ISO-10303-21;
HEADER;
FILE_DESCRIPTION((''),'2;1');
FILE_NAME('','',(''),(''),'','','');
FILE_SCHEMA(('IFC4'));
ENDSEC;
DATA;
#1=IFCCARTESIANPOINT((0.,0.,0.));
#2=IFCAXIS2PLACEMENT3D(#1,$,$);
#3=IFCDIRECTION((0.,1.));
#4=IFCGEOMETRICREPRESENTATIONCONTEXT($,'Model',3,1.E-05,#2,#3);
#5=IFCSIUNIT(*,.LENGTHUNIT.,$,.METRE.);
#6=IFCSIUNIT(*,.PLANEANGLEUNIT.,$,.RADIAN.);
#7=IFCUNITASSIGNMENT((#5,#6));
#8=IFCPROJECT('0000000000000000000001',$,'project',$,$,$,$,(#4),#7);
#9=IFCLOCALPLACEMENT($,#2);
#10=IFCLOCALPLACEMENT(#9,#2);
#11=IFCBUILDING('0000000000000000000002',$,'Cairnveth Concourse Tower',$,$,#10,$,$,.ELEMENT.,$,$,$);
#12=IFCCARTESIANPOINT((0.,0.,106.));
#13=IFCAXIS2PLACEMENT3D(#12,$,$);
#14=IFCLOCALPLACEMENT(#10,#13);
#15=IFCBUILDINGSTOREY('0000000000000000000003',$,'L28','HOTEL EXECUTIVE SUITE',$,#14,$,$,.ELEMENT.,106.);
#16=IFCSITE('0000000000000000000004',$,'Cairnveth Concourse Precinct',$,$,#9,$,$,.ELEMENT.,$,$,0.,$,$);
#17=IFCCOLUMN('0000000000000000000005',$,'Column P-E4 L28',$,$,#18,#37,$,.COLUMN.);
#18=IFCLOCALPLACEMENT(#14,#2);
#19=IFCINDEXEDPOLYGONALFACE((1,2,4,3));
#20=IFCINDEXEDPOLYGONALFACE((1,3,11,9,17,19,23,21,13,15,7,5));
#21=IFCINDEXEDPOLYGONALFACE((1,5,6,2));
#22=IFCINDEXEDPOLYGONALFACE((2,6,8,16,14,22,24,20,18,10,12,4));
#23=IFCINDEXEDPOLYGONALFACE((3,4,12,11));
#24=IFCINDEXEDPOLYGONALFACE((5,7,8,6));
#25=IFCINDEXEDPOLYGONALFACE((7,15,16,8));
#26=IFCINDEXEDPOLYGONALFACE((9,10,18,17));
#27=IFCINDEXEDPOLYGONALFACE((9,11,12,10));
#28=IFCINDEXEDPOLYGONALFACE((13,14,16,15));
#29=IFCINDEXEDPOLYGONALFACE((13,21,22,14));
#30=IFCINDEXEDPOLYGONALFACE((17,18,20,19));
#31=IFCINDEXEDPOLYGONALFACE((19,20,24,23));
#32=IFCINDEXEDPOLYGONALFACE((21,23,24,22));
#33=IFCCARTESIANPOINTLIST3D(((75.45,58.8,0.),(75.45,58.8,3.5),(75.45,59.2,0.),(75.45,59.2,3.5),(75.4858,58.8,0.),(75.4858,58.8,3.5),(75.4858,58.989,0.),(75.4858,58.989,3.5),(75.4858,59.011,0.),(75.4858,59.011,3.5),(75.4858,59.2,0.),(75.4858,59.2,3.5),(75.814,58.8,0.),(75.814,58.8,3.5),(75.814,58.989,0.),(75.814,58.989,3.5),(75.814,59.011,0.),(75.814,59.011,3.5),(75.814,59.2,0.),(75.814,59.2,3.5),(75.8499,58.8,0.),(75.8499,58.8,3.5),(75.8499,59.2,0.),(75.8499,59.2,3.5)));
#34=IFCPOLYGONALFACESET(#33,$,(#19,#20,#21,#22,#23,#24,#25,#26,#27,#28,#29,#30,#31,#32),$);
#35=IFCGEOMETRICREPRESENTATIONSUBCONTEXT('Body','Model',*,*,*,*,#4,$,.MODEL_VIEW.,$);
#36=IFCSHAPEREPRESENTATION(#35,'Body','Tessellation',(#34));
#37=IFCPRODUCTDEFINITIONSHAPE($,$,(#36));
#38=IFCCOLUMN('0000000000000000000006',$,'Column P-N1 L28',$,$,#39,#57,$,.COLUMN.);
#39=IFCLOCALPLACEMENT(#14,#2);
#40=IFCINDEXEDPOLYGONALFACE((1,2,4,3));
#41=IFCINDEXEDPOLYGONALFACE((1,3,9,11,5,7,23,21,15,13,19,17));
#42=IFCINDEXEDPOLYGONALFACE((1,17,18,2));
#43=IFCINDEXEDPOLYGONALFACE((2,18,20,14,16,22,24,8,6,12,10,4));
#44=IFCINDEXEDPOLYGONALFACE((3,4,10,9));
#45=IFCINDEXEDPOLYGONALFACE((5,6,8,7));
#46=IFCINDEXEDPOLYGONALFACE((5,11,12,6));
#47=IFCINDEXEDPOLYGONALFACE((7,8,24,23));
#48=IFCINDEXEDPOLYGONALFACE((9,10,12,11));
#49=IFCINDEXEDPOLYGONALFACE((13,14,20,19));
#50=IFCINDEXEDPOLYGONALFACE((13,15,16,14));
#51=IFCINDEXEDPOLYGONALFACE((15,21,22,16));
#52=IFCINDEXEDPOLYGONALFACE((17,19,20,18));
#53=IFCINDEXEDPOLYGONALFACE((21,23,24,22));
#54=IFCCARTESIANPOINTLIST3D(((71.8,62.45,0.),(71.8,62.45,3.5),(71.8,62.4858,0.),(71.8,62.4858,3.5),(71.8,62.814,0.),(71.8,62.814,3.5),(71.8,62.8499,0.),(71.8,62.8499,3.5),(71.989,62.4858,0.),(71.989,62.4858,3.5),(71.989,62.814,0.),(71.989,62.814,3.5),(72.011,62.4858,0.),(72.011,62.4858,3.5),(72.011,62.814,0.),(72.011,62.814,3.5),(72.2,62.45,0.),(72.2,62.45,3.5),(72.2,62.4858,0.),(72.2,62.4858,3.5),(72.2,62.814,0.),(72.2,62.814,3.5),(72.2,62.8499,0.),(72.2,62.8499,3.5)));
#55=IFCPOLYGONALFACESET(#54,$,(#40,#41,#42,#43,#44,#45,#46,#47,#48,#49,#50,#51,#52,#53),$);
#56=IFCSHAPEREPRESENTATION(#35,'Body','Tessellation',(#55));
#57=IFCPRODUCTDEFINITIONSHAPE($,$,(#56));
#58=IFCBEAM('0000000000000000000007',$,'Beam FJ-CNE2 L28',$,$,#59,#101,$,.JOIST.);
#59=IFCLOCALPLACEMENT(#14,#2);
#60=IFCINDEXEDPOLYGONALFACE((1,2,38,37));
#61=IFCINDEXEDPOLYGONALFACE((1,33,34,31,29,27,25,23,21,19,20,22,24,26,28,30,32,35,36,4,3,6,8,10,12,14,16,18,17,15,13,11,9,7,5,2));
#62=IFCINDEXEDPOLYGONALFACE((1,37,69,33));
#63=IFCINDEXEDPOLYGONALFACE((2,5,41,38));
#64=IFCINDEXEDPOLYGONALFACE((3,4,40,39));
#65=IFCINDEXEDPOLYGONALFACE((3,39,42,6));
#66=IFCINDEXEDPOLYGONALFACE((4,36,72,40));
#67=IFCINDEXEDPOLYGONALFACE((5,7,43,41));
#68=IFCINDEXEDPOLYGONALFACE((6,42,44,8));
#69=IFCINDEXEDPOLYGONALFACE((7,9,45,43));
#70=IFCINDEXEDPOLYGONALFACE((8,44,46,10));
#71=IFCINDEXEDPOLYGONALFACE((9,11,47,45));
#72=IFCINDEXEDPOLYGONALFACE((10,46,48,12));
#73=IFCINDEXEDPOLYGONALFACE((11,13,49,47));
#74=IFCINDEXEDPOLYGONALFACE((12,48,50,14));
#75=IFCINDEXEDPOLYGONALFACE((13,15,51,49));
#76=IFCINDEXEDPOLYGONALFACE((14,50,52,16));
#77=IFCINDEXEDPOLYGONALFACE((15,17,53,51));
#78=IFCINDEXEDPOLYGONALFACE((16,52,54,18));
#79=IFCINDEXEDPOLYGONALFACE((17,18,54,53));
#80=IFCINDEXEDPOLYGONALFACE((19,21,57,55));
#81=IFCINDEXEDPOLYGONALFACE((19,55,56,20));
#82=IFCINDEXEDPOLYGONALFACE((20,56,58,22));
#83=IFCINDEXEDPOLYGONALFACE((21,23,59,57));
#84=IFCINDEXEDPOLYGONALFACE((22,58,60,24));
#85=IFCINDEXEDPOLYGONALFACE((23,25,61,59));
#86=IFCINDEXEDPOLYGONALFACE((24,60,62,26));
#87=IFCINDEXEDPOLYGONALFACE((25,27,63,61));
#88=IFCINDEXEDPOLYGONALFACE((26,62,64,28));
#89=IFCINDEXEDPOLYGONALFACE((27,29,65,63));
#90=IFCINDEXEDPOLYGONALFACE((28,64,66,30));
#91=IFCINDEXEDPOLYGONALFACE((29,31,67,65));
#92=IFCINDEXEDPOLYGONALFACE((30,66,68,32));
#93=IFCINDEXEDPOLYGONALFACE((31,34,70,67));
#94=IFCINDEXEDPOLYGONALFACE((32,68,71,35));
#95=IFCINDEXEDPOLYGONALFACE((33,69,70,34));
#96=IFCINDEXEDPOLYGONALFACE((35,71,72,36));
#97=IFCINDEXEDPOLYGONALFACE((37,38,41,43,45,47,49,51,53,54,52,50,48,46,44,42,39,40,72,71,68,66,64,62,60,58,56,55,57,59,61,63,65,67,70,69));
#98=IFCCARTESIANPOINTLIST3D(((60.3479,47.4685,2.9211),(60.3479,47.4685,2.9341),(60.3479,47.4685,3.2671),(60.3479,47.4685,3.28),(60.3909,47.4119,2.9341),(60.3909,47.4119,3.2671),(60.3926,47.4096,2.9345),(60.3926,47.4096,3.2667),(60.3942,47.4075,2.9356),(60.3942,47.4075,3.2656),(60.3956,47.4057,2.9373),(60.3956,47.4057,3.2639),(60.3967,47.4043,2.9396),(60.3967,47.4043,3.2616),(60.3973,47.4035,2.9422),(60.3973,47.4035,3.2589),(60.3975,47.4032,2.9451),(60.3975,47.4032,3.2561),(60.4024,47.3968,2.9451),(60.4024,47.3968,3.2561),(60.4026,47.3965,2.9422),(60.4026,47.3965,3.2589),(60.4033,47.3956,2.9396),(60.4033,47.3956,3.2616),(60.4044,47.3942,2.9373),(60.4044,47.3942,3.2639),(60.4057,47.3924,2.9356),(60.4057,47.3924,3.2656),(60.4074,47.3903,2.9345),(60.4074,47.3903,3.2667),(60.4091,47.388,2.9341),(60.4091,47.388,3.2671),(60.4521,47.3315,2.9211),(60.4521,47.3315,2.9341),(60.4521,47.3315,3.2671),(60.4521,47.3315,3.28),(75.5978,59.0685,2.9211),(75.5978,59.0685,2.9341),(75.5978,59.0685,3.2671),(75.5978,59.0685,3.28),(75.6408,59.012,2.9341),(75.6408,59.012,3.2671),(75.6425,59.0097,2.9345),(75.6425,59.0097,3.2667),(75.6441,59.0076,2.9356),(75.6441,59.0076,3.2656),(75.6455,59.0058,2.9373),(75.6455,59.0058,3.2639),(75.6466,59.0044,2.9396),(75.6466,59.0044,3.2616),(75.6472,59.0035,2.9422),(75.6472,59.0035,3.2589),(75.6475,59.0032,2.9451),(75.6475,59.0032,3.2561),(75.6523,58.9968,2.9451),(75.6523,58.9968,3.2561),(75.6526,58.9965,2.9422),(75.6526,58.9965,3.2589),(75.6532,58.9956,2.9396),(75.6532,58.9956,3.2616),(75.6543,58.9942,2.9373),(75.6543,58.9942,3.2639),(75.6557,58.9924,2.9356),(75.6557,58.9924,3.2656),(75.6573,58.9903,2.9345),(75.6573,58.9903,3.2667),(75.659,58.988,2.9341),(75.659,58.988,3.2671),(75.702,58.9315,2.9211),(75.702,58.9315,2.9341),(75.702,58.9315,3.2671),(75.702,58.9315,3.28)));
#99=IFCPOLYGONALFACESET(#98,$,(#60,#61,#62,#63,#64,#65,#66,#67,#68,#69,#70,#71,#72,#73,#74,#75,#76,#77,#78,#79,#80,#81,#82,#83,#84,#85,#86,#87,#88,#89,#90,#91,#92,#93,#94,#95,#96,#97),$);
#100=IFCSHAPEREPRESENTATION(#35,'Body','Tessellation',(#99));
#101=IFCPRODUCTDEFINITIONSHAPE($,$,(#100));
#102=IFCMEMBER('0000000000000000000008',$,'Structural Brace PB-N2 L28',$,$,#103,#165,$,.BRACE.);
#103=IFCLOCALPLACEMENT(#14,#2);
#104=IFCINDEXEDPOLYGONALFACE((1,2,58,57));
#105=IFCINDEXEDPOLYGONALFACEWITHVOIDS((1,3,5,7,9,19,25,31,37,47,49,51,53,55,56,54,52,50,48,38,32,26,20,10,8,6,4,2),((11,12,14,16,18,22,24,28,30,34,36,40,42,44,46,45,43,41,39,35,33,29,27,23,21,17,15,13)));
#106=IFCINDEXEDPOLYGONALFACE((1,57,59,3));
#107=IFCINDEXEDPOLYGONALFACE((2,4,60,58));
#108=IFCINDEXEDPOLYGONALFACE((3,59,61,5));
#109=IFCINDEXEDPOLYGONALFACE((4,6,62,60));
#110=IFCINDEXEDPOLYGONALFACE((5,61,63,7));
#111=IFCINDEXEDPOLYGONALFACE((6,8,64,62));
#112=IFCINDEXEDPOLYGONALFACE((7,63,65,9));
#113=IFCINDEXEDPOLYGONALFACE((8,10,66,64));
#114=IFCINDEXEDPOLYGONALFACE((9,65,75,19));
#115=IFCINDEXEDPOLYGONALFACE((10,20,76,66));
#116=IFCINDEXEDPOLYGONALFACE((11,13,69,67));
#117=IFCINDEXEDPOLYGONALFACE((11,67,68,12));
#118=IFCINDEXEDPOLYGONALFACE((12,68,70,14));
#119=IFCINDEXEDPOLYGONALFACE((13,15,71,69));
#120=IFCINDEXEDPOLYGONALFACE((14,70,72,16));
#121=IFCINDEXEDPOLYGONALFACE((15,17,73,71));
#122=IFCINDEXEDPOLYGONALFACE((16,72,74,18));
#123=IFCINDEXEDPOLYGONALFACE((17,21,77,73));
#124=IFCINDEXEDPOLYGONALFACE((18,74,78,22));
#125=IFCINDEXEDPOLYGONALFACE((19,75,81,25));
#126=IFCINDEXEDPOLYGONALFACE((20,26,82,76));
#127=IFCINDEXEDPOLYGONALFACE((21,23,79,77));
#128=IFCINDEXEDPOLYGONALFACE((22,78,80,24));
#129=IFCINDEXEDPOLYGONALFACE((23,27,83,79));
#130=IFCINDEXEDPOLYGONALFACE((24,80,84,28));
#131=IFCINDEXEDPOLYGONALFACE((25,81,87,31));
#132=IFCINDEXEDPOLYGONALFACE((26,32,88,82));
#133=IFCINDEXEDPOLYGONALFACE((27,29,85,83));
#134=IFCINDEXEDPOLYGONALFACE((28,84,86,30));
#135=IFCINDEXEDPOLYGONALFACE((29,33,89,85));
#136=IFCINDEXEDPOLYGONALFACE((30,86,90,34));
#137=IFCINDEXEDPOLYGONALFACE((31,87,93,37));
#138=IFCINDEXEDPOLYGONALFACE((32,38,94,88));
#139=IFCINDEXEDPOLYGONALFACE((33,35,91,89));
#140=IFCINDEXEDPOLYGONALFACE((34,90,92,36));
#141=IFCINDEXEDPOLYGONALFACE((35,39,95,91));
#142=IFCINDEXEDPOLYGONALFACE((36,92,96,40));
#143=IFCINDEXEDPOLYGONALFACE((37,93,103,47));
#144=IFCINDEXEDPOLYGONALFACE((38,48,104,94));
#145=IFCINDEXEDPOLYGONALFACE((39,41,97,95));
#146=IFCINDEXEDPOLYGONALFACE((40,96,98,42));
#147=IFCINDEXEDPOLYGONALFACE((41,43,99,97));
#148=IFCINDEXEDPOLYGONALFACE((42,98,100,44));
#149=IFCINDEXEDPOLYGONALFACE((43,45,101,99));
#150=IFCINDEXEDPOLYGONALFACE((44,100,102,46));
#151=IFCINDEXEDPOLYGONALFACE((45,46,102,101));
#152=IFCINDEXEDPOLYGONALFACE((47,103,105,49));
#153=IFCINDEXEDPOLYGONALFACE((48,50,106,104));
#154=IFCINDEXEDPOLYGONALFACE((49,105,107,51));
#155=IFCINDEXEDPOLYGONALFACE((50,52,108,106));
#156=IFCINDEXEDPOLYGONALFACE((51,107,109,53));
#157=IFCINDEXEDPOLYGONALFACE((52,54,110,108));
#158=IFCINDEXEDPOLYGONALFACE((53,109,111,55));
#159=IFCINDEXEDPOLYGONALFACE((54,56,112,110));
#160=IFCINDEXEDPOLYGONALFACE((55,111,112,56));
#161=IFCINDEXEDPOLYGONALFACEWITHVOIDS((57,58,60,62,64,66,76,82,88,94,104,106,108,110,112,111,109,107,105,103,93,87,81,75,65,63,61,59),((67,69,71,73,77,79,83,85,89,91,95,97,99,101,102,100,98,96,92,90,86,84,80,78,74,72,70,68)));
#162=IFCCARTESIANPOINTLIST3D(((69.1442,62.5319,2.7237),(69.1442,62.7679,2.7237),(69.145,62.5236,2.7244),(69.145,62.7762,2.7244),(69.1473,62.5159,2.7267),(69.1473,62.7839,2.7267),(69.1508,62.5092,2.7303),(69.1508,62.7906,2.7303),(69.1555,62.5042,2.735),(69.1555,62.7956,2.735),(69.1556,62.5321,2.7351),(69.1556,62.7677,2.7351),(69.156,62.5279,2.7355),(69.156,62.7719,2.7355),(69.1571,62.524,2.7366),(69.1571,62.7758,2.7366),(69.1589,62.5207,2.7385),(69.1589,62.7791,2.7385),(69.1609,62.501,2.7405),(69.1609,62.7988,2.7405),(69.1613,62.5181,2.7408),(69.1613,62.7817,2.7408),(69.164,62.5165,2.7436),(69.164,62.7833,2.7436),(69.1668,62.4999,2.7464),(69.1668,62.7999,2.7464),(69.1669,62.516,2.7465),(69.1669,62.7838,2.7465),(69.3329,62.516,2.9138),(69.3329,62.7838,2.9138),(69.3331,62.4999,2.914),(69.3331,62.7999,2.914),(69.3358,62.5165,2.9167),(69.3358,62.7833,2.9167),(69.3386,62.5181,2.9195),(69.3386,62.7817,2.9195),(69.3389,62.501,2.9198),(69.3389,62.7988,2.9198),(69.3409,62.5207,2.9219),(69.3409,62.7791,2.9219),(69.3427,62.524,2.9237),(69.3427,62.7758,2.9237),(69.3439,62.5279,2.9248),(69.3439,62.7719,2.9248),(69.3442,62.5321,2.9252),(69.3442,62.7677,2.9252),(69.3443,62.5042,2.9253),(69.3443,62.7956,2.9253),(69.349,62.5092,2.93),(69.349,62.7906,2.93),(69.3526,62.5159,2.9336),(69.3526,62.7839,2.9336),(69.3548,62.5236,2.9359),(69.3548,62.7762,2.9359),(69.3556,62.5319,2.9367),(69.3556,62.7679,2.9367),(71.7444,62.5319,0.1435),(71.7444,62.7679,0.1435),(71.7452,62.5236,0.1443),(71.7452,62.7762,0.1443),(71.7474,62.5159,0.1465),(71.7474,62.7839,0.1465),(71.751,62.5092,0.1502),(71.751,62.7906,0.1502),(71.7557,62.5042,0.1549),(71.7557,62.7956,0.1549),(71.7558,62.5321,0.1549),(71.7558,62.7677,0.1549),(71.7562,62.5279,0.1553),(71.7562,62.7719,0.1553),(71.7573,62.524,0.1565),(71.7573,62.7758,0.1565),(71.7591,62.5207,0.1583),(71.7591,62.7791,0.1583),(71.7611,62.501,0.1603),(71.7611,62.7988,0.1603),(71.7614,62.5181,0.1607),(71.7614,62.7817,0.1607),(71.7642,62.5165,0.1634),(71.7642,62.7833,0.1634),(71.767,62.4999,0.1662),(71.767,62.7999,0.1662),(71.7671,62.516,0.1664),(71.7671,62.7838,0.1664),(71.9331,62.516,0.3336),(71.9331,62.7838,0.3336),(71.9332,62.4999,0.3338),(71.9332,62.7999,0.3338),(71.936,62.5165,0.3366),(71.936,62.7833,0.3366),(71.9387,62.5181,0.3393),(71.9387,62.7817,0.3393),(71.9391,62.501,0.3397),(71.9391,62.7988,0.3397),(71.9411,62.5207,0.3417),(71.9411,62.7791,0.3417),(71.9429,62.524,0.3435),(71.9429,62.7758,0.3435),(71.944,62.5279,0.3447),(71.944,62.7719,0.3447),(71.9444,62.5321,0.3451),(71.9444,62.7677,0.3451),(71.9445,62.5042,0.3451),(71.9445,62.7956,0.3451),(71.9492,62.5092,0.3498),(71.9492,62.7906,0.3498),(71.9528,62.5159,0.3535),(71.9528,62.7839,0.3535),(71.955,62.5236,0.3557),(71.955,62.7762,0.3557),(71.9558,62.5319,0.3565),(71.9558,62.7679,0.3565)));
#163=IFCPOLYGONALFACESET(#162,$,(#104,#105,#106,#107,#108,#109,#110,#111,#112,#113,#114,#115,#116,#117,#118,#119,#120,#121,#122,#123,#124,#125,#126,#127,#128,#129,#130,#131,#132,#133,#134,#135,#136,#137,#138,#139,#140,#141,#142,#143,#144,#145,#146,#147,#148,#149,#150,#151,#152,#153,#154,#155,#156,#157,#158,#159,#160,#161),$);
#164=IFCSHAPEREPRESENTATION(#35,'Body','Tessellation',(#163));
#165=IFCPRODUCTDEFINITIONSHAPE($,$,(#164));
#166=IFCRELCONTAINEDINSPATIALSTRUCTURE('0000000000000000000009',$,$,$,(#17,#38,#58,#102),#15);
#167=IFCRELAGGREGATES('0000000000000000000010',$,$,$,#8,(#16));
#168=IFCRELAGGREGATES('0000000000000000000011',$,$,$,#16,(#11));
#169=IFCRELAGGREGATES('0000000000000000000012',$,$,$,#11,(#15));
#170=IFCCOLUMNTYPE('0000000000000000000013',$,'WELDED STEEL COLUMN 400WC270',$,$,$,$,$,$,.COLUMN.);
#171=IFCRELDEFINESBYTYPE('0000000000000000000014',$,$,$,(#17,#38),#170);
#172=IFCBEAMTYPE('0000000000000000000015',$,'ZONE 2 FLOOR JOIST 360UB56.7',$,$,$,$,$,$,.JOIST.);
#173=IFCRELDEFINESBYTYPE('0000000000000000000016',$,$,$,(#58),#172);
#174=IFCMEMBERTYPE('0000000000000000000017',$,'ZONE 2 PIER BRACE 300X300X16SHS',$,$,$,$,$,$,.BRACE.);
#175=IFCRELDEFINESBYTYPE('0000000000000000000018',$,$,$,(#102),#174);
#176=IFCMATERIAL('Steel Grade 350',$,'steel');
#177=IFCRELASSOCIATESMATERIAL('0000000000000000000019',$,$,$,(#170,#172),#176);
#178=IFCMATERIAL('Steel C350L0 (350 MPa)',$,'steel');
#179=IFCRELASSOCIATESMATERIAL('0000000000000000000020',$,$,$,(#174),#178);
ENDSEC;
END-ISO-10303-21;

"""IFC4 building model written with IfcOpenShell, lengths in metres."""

from ifc_helpers import new_model, si_unit, direction, frame, origin, origin_2d, place, context, subcontext, project, spatial, hollow_rectangle, i_section, extrude, material, material_profile, profile_set, type_object, element, save


model = new_model("IFC4")

# Units and contexts
model_context = context("Model", 3, precision=1e-05, world=origin(), true_north=direction((0.0, 1.0)))
body_context = subcontext(model_context, "Body", "Model", "MODEL_VIEW")
ifc_project = project(units=[si_unit("LENGTHUNIT", "METRE"), si_unit("PLANEANGLEUNIT", "RADIAN")], contexts=[model_context])

# Site, building, storey
site_placement = place(None, origin())
site = spatial("IfcSite", under=ifc_project, at=site_placement, Name="Cairnveth Concourse Precinct", CompositionType="ELEMENT", RefElevation=0.0)
building_placement = place(site_placement, origin())
building = spatial("IfcBuilding", under=site, at=building_placement, Name="Cairnveth Concourse Tower", CompositionType="ELEMENT")
storey_placement = place(building_placement, frame((0.0, 0.0, 106.0)))
storey = spatial("IfcBuildingStorey", under=building, at=storey_placement, Name="L28", Description="HOTEL EXECUTIVE SUITE", CompositionType="ELEMENT", Elevation=106.0)

# Columns
ifc_material_1 = material(Name="Steel Grade 350", Category="steel")
ifc_material_profile_1 = material_profile(ifc_material_1, i_section(OverallWidth=0.3999, OverallDepth=0.3999, WebThickness=0.022, FlangeThickness=0.0359, at=origin_2d()), Name="400WC270")
ifc_profile_set_1 = profile_set([ifc_material_profile_1], Name="Steel Grade 350")
column_type = type_object("IfcColumnType", Name="WELDED STEEL COLUMN 400WC270", PredefinedType="COLUMN", material=ifc_profile_set_1)
for number, where, z_axis, x_axis, name in (
    (1, (75.6499, 59.0, 0.0), (0.0, 0.0, 1.0), (0.0, 1.0, 0.0), "Column P-E4 L28"),
    (2, (72.0, 62.6499, 0.0), (0.0, 0.0, 1.0), (1.0, 0.0, 0.0), "Column P-N1 L28"),
):
    element("IfcColumn", number, at=place(storey_placement, frame(where, z_axis=z_axis, x_axis=x_axis)), inside=storey, type_object=column_type, Name=name, PredefinedType="COLUMN", context=body_context, shape_type="SweptSolid", body=[
        extrude(i_section(OverallWidth=0.3999, OverallDepth=0.3999, WebThickness=0.022, FlangeThickness=0.0359, at=origin_2d()), origin(), (0.0, 0.0, 1.0), 3.5),
    ])

# Beam
ifc_material_profile_2 = material_profile(ifc_material_1, i_section(OverallWidth=0.1721, OverallDepth=0.3589, WebThickness=0.0081, FlangeThickness=0.0129, FilletRadius=0.011, at=origin_2d()), Name="360UB56.7")
ifc_profile_set_2 = profile_set([ifc_material_profile_2], Name="Steel Grade 350")
beam_type_1 = type_object("IfcBeamType", Name="ZONE 2 FLOOR JOIST 360UB56.7", PredefinedType="JOIST", material=ifc_profile_set_2)
beam_1_placement = place(storey_placement, frame((75.6499, 59.0, 3.1006), z_axis=(-0.795908, -0.605417, 0.0), x_axis=(0.605417, -0.795908, 0.0)))
element("IfcBeam", 3, at=beam_1_placement, inside=storey, type_object=beam_type_1, Name="Beam FJ-CNE2 L28", PredefinedType="JOIST", context=body_context, shape_type="SweptSolid", body=[
    extrude(i_section(OverallWidth=0.1721, OverallDepth=0.3589, WebThickness=0.0081, FlangeThickness=0.0129, FilletRadius=0.011, at=origin_2d()), origin(), (0.0, 0.0, 1.0), 19.1604),
])

# Member
ifc_material_2 = material(Name="Steel C350L0 (350 MPa)", Category="steel")
ifc_material_profile_3 = material_profile(ifc_material_2, hollow_rectangle(XDim=0.3, YDim=0.3, WallThickness=0.0161, InnerFilletRadius=0.0161, OuterFilletRadius=0.032, at=origin_2d()), Name="300x300x16.0SHS")
ifc_profile_set_3 = profile_set([ifc_material_profile_3], Name="Steel C350L0 (350 MPa)")
member_type = type_object("IfcMemberType", Name="ZONE 2 PIER BRACE 300X300X16SHS", PredefinedType="BRACE", material=ifc_profile_set_3)
for number, where, z_axis, x_axis, name in (
    (4, (71.8501, 62.6499, 0.25), (-0.709834, 0.0, 0.704369), (0.0, -1.0, 0.0), "Structural Brace PB-N2 L28"),
):
    element("IfcMember", number, at=place(storey_placement, frame(where, z_axis=z_axis, x_axis=x_axis)), inside=storey, type_object=member_type, Name=name, PredefinedType="BRACE", context=body_context, shape_type="SweptSolid", body=[
        extrude(hollow_rectangle(XDim=0.3, YDim=0.3, WallThickness=0.0161, InnerFilletRadius=0.0161, OuterFilletRadius=0.032, at=origin_2d()), origin(), (0.0, 0.0, 1.0), 3.6631),
    ])

save(model, "model.ifc")
